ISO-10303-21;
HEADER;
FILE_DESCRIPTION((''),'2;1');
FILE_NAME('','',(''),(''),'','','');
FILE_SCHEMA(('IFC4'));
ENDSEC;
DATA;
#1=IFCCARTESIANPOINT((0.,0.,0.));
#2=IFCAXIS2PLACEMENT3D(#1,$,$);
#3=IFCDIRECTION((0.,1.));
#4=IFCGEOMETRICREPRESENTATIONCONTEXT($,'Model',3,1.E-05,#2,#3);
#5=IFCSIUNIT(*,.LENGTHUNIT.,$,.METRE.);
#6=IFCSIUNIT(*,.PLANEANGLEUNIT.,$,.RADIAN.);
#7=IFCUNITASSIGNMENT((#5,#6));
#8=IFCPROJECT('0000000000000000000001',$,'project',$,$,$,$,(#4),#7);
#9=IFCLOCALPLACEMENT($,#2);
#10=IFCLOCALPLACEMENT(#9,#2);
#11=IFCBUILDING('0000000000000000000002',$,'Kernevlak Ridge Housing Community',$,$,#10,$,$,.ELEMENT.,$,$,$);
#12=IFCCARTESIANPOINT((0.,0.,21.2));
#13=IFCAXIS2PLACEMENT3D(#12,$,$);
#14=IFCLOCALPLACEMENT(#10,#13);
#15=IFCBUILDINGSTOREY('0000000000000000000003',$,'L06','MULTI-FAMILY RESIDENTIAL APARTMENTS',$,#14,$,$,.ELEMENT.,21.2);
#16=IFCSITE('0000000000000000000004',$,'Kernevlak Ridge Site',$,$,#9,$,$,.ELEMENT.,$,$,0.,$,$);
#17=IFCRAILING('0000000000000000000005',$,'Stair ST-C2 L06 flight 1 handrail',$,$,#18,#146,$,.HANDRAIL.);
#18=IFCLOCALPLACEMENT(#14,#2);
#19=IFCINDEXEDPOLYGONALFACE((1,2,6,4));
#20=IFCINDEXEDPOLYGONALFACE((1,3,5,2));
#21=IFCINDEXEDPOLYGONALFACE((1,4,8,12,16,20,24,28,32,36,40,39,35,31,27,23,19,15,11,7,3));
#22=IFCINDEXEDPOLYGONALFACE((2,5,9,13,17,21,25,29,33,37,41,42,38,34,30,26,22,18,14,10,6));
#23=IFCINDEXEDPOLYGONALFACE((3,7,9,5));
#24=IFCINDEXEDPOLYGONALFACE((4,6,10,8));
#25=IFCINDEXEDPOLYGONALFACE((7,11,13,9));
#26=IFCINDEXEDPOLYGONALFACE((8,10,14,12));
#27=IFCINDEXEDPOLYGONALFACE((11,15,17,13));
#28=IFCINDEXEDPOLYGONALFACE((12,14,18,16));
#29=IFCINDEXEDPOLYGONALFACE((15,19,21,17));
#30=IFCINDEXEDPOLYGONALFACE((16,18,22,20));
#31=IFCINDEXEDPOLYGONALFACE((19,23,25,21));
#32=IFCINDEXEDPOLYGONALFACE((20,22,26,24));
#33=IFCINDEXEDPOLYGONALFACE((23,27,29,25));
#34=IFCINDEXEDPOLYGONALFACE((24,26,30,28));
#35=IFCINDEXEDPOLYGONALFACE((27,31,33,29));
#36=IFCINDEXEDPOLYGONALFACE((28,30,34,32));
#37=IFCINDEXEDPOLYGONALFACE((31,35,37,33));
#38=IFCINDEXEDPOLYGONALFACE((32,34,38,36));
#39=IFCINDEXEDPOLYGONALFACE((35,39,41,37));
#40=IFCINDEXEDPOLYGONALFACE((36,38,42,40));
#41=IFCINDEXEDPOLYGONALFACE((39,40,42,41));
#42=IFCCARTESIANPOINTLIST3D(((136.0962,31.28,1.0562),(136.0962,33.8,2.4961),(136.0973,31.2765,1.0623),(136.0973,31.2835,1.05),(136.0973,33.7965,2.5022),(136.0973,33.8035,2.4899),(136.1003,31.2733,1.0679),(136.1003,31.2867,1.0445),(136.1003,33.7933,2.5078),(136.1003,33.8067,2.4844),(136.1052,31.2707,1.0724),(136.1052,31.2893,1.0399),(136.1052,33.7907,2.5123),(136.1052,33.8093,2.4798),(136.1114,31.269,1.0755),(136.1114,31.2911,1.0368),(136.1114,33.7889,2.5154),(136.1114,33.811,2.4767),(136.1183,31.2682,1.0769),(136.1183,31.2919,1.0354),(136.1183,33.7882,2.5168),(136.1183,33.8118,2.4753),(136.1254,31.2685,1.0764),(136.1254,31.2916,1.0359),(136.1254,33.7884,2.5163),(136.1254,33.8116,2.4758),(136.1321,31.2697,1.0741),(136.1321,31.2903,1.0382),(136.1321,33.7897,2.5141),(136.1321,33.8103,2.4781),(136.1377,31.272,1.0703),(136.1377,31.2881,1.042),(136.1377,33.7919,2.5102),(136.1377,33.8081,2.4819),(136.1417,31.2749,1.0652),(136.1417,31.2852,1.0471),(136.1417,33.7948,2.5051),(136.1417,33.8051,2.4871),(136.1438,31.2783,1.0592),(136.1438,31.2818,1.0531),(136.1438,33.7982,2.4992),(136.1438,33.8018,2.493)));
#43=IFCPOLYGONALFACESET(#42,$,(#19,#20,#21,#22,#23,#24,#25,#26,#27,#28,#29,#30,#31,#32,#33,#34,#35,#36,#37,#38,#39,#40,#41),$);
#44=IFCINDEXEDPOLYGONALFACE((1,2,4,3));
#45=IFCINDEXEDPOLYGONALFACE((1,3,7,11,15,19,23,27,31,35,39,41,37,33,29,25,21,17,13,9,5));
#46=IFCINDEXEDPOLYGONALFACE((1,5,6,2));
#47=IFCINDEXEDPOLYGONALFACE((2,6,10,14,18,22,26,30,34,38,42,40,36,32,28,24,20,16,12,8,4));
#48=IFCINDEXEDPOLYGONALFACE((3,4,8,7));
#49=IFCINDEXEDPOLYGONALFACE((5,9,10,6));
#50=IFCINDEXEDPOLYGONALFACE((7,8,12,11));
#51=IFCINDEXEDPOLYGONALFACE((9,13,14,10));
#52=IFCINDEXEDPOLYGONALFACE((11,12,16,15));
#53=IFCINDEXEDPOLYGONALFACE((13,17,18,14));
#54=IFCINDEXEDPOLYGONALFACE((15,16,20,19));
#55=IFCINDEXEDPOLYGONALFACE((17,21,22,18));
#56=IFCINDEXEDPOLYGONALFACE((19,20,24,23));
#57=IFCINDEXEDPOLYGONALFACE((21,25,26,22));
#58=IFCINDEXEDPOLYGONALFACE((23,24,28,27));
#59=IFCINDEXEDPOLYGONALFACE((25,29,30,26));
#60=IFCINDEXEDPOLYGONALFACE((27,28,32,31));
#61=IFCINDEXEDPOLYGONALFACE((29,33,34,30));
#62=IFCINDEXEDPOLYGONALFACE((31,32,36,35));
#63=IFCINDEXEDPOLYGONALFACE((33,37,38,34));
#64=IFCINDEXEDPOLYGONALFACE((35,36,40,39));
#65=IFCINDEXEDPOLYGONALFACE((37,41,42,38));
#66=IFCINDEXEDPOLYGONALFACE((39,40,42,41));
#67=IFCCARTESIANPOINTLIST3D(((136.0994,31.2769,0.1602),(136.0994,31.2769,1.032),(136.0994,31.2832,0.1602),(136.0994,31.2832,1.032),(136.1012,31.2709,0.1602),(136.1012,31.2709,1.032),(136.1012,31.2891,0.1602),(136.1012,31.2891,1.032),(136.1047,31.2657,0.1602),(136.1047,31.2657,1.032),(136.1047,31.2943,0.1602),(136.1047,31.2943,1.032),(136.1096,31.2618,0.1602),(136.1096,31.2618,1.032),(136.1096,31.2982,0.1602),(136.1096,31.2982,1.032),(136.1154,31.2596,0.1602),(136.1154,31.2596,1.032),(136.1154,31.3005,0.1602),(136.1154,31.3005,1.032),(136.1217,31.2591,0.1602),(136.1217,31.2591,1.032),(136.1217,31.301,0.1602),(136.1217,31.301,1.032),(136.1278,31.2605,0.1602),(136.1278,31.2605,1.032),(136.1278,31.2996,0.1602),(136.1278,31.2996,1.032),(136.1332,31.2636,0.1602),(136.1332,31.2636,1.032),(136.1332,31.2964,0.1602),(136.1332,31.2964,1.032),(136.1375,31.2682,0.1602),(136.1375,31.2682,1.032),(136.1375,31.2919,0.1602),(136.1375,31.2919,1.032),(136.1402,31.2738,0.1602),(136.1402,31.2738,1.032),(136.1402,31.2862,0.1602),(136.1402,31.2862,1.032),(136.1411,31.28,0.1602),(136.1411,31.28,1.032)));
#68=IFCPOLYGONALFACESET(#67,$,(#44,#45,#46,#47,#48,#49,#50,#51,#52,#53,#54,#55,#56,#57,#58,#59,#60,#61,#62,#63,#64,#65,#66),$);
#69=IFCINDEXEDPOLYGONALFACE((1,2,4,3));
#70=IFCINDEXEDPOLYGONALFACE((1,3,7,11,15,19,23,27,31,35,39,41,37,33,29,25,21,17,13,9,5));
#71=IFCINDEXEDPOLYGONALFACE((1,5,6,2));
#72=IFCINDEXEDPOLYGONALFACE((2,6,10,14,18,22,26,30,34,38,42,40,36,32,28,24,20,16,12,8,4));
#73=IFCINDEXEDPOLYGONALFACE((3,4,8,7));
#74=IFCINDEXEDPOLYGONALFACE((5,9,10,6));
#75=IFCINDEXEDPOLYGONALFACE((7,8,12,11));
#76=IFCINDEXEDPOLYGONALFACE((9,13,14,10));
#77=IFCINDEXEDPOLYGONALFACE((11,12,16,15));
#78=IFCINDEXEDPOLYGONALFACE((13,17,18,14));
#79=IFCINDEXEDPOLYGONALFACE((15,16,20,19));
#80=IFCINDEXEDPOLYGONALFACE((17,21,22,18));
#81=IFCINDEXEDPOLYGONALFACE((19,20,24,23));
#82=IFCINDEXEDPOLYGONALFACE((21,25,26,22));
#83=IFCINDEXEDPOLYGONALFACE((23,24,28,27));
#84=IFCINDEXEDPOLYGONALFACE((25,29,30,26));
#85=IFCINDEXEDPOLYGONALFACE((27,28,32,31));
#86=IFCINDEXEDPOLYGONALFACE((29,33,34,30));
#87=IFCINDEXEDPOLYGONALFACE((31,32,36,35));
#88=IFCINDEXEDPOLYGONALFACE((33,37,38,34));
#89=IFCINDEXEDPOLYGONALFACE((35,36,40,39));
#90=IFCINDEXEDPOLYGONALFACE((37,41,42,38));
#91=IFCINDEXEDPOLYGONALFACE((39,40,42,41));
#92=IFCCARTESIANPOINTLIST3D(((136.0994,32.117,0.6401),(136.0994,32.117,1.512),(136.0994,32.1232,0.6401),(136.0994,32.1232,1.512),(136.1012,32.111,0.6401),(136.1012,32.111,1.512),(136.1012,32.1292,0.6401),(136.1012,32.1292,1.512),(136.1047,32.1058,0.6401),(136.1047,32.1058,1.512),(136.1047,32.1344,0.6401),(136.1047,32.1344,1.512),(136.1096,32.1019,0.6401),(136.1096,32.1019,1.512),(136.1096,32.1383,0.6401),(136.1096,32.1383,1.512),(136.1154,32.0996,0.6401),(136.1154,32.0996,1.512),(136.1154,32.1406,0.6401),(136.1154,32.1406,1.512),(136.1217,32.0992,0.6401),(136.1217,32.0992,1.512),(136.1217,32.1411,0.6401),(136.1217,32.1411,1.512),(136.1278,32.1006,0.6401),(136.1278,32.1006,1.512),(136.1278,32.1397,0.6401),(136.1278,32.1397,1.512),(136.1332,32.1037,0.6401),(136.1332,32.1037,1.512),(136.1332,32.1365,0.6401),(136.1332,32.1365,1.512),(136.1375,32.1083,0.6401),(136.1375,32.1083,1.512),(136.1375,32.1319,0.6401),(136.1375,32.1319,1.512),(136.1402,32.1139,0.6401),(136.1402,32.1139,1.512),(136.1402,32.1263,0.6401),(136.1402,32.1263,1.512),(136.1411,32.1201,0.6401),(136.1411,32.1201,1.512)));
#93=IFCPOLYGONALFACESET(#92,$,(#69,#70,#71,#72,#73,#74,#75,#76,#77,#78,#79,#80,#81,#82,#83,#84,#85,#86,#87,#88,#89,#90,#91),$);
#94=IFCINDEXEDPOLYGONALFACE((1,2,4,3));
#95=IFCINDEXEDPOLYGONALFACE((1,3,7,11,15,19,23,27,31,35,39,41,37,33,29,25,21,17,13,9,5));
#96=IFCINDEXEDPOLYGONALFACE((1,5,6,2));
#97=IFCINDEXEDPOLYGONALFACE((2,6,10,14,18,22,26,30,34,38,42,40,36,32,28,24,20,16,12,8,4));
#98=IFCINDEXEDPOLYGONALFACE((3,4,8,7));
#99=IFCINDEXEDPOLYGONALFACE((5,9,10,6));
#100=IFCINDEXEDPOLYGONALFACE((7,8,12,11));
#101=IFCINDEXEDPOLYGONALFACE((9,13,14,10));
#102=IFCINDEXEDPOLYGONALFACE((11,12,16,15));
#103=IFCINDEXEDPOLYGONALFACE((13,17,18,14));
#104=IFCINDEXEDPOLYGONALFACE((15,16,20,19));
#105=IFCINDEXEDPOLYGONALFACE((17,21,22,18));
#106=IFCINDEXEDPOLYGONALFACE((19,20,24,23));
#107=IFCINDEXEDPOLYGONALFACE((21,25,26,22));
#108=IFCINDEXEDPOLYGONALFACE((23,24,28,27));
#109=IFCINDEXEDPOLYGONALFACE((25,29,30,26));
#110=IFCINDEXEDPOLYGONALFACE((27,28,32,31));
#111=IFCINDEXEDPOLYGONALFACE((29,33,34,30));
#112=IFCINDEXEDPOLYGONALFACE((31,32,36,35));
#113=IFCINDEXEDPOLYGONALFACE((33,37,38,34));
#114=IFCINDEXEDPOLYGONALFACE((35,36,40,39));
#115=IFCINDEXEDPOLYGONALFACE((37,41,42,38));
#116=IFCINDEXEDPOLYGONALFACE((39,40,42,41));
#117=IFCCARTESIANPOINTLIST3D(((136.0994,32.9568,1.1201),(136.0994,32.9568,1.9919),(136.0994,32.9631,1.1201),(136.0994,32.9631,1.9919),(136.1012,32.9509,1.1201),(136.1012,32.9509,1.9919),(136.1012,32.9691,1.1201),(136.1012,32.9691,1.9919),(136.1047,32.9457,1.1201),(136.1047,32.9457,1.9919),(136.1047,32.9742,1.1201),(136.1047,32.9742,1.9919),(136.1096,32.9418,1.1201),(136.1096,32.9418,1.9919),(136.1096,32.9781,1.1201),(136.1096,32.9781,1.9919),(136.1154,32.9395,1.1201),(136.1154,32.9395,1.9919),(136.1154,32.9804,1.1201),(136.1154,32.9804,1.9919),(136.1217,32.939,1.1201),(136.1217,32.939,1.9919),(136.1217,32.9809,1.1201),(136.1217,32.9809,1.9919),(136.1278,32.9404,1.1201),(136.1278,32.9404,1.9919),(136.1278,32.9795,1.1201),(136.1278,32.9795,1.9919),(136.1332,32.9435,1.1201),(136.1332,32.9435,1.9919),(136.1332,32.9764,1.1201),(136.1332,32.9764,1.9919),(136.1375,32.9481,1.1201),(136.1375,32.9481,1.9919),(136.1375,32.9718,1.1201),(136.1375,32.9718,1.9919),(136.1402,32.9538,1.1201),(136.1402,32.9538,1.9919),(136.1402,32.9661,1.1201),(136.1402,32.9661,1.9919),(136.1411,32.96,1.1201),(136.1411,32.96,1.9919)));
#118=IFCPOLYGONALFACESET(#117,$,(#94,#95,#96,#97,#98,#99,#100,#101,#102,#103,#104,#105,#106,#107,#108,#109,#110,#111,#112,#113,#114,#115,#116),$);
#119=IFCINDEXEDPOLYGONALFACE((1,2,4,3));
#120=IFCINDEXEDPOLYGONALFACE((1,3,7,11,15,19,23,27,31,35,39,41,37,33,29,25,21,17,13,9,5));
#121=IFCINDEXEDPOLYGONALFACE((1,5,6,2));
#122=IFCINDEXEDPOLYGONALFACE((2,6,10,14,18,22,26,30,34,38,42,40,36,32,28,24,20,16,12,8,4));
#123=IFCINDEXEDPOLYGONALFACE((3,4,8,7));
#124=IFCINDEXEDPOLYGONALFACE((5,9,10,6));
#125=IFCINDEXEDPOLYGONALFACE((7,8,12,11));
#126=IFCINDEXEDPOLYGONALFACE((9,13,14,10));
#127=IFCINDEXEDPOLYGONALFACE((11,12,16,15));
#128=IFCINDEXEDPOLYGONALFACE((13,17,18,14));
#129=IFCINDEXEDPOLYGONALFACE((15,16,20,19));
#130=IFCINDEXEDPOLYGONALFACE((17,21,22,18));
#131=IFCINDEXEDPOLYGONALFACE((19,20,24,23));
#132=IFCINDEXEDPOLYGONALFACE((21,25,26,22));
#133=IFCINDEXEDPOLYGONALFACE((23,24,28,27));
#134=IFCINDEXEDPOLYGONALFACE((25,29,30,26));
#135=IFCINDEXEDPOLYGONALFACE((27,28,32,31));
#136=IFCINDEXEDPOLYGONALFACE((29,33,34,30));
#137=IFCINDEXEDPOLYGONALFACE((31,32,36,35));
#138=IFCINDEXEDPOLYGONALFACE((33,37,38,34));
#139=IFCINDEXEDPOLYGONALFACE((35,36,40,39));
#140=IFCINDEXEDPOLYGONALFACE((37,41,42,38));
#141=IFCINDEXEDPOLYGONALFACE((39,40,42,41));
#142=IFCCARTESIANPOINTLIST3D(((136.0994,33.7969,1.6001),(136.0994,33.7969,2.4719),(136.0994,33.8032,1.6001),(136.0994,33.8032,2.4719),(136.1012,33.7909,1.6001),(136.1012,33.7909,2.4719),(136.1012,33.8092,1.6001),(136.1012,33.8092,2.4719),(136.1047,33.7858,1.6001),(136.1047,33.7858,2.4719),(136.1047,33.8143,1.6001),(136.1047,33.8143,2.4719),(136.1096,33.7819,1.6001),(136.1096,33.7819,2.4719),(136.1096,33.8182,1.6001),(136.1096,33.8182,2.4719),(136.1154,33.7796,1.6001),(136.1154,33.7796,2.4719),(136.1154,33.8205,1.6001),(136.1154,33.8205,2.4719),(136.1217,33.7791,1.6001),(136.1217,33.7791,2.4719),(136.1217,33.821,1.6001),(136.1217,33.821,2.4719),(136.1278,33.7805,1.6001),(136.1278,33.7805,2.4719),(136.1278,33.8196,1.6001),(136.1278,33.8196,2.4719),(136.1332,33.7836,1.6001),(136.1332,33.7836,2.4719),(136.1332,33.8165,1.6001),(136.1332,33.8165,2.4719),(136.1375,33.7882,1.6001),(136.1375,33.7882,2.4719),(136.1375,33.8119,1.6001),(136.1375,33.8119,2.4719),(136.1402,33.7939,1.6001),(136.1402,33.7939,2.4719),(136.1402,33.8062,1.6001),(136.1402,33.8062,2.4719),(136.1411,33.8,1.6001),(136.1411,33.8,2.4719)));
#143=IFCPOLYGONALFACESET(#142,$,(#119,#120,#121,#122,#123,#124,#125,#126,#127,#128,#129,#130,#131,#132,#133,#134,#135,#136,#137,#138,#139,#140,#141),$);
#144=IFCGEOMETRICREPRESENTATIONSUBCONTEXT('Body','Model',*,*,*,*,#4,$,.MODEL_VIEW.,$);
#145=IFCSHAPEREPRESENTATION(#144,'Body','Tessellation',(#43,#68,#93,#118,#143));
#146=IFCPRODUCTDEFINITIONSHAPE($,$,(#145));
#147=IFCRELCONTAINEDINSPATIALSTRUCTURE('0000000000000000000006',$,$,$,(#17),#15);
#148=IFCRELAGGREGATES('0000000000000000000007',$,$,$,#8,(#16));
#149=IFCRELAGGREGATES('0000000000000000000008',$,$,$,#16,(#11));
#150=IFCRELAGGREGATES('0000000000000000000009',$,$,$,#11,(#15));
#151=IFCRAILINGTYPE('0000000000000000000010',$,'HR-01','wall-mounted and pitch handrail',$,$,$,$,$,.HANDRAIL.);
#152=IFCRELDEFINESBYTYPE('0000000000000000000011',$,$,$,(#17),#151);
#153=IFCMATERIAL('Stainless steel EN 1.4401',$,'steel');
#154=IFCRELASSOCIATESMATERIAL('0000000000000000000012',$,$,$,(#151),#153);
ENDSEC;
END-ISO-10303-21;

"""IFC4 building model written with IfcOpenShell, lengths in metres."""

from ifc_helpers import new_model, si_unit, direction, frame, origin, origin_2d, place, context, subcontext, project, spatial, circle, extrude, material, type_object, element, save


model = new_model("IFC4")

# Units and contexts
model_context = context("Model", 3, precision=1e-05, world=origin(), true_north=direction((0.0, 1.0)))
body_context = subcontext(model_context, "Body", "Model", "MODEL_VIEW")
ifc_project = project(units=[si_unit("LENGTHUNIT", "METRE"), si_unit("PLANEANGLEUNIT", "RADIAN")], contexts=[model_context])

# Site, building, storey
site_placement = place(None, origin())
site = spatial("IfcSite", under=ifc_project, at=site_placement, Name="Kernevlak Ridge Site", CompositionType="ELEMENT", RefElevation=0.0)
building_placement = place(site_placement, origin())
building = spatial("IfcBuilding", under=site, at=building_placement, Name="Kernevlak Ridge Housing Community", CompositionType="ELEMENT")
storey_placement = place(building_placement, frame((0.0, 0.0, 21.2)))
storey = spatial("IfcBuildingStorey", under=building, at=storey_placement, Name="L06", Description="MULTI-FAMILY RESIDENTIAL APARTMENTS", CompositionType="ELEMENT", Elevation=21.2)

# Railing
ifc_material_1 = material(Name="Stainless steel EN 1.4401", Category="steel")
railing_type_1 = type_object("IfcRailingType", Name="HR-01", Description="wall-mounted and pitch handrail", PredefinedType="HANDRAIL", material=ifc_material_1)
railing_1_placement = place(storey_placement, frame((136.1201, 31.28, 0.1602)))
element("IfcRailing", 1, at=railing_1_placement, inside=storey, type_object=railing_type_1, Name="Stair ST-C2 L06 flight 1 handrail", PredefinedType="HANDRAIL", context=body_context, shape_type="SweptSolid", body=[
    extrude(circle(Radius=0.0239, at=origin_2d()), frame((0.0, 0.0, 0.896), z_axis=(0.0, 0.868253, 0.496121), x_axis=(-1.0, 0.0, 0.0)), (0.0, 0.0, 1.0), 2.9023),
    extrude(circle(Radius=0.021, at=origin_2d()), origin(), (0.0, 0.0, 1.0), 0.8718),
    extrude(circle(Radius=0.021, at=origin_2d()), frame((0.0, 0.8401, 0.48)), (0.0, 0.0, 1.0), 0.8718),
    extrude(circle(Radius=0.021, at=origin_2d()), frame((0.0, 1.6799, 0.96)), (0.0, 0.0, 1.0), 0.8718),
    extrude(circle(Radius=0.021, at=origin_2d()), frame((0.0, 2.52, 1.4399)), (0.0, 0.0, 1.0), 0.8718),
])

save(model, "model.ifc")
